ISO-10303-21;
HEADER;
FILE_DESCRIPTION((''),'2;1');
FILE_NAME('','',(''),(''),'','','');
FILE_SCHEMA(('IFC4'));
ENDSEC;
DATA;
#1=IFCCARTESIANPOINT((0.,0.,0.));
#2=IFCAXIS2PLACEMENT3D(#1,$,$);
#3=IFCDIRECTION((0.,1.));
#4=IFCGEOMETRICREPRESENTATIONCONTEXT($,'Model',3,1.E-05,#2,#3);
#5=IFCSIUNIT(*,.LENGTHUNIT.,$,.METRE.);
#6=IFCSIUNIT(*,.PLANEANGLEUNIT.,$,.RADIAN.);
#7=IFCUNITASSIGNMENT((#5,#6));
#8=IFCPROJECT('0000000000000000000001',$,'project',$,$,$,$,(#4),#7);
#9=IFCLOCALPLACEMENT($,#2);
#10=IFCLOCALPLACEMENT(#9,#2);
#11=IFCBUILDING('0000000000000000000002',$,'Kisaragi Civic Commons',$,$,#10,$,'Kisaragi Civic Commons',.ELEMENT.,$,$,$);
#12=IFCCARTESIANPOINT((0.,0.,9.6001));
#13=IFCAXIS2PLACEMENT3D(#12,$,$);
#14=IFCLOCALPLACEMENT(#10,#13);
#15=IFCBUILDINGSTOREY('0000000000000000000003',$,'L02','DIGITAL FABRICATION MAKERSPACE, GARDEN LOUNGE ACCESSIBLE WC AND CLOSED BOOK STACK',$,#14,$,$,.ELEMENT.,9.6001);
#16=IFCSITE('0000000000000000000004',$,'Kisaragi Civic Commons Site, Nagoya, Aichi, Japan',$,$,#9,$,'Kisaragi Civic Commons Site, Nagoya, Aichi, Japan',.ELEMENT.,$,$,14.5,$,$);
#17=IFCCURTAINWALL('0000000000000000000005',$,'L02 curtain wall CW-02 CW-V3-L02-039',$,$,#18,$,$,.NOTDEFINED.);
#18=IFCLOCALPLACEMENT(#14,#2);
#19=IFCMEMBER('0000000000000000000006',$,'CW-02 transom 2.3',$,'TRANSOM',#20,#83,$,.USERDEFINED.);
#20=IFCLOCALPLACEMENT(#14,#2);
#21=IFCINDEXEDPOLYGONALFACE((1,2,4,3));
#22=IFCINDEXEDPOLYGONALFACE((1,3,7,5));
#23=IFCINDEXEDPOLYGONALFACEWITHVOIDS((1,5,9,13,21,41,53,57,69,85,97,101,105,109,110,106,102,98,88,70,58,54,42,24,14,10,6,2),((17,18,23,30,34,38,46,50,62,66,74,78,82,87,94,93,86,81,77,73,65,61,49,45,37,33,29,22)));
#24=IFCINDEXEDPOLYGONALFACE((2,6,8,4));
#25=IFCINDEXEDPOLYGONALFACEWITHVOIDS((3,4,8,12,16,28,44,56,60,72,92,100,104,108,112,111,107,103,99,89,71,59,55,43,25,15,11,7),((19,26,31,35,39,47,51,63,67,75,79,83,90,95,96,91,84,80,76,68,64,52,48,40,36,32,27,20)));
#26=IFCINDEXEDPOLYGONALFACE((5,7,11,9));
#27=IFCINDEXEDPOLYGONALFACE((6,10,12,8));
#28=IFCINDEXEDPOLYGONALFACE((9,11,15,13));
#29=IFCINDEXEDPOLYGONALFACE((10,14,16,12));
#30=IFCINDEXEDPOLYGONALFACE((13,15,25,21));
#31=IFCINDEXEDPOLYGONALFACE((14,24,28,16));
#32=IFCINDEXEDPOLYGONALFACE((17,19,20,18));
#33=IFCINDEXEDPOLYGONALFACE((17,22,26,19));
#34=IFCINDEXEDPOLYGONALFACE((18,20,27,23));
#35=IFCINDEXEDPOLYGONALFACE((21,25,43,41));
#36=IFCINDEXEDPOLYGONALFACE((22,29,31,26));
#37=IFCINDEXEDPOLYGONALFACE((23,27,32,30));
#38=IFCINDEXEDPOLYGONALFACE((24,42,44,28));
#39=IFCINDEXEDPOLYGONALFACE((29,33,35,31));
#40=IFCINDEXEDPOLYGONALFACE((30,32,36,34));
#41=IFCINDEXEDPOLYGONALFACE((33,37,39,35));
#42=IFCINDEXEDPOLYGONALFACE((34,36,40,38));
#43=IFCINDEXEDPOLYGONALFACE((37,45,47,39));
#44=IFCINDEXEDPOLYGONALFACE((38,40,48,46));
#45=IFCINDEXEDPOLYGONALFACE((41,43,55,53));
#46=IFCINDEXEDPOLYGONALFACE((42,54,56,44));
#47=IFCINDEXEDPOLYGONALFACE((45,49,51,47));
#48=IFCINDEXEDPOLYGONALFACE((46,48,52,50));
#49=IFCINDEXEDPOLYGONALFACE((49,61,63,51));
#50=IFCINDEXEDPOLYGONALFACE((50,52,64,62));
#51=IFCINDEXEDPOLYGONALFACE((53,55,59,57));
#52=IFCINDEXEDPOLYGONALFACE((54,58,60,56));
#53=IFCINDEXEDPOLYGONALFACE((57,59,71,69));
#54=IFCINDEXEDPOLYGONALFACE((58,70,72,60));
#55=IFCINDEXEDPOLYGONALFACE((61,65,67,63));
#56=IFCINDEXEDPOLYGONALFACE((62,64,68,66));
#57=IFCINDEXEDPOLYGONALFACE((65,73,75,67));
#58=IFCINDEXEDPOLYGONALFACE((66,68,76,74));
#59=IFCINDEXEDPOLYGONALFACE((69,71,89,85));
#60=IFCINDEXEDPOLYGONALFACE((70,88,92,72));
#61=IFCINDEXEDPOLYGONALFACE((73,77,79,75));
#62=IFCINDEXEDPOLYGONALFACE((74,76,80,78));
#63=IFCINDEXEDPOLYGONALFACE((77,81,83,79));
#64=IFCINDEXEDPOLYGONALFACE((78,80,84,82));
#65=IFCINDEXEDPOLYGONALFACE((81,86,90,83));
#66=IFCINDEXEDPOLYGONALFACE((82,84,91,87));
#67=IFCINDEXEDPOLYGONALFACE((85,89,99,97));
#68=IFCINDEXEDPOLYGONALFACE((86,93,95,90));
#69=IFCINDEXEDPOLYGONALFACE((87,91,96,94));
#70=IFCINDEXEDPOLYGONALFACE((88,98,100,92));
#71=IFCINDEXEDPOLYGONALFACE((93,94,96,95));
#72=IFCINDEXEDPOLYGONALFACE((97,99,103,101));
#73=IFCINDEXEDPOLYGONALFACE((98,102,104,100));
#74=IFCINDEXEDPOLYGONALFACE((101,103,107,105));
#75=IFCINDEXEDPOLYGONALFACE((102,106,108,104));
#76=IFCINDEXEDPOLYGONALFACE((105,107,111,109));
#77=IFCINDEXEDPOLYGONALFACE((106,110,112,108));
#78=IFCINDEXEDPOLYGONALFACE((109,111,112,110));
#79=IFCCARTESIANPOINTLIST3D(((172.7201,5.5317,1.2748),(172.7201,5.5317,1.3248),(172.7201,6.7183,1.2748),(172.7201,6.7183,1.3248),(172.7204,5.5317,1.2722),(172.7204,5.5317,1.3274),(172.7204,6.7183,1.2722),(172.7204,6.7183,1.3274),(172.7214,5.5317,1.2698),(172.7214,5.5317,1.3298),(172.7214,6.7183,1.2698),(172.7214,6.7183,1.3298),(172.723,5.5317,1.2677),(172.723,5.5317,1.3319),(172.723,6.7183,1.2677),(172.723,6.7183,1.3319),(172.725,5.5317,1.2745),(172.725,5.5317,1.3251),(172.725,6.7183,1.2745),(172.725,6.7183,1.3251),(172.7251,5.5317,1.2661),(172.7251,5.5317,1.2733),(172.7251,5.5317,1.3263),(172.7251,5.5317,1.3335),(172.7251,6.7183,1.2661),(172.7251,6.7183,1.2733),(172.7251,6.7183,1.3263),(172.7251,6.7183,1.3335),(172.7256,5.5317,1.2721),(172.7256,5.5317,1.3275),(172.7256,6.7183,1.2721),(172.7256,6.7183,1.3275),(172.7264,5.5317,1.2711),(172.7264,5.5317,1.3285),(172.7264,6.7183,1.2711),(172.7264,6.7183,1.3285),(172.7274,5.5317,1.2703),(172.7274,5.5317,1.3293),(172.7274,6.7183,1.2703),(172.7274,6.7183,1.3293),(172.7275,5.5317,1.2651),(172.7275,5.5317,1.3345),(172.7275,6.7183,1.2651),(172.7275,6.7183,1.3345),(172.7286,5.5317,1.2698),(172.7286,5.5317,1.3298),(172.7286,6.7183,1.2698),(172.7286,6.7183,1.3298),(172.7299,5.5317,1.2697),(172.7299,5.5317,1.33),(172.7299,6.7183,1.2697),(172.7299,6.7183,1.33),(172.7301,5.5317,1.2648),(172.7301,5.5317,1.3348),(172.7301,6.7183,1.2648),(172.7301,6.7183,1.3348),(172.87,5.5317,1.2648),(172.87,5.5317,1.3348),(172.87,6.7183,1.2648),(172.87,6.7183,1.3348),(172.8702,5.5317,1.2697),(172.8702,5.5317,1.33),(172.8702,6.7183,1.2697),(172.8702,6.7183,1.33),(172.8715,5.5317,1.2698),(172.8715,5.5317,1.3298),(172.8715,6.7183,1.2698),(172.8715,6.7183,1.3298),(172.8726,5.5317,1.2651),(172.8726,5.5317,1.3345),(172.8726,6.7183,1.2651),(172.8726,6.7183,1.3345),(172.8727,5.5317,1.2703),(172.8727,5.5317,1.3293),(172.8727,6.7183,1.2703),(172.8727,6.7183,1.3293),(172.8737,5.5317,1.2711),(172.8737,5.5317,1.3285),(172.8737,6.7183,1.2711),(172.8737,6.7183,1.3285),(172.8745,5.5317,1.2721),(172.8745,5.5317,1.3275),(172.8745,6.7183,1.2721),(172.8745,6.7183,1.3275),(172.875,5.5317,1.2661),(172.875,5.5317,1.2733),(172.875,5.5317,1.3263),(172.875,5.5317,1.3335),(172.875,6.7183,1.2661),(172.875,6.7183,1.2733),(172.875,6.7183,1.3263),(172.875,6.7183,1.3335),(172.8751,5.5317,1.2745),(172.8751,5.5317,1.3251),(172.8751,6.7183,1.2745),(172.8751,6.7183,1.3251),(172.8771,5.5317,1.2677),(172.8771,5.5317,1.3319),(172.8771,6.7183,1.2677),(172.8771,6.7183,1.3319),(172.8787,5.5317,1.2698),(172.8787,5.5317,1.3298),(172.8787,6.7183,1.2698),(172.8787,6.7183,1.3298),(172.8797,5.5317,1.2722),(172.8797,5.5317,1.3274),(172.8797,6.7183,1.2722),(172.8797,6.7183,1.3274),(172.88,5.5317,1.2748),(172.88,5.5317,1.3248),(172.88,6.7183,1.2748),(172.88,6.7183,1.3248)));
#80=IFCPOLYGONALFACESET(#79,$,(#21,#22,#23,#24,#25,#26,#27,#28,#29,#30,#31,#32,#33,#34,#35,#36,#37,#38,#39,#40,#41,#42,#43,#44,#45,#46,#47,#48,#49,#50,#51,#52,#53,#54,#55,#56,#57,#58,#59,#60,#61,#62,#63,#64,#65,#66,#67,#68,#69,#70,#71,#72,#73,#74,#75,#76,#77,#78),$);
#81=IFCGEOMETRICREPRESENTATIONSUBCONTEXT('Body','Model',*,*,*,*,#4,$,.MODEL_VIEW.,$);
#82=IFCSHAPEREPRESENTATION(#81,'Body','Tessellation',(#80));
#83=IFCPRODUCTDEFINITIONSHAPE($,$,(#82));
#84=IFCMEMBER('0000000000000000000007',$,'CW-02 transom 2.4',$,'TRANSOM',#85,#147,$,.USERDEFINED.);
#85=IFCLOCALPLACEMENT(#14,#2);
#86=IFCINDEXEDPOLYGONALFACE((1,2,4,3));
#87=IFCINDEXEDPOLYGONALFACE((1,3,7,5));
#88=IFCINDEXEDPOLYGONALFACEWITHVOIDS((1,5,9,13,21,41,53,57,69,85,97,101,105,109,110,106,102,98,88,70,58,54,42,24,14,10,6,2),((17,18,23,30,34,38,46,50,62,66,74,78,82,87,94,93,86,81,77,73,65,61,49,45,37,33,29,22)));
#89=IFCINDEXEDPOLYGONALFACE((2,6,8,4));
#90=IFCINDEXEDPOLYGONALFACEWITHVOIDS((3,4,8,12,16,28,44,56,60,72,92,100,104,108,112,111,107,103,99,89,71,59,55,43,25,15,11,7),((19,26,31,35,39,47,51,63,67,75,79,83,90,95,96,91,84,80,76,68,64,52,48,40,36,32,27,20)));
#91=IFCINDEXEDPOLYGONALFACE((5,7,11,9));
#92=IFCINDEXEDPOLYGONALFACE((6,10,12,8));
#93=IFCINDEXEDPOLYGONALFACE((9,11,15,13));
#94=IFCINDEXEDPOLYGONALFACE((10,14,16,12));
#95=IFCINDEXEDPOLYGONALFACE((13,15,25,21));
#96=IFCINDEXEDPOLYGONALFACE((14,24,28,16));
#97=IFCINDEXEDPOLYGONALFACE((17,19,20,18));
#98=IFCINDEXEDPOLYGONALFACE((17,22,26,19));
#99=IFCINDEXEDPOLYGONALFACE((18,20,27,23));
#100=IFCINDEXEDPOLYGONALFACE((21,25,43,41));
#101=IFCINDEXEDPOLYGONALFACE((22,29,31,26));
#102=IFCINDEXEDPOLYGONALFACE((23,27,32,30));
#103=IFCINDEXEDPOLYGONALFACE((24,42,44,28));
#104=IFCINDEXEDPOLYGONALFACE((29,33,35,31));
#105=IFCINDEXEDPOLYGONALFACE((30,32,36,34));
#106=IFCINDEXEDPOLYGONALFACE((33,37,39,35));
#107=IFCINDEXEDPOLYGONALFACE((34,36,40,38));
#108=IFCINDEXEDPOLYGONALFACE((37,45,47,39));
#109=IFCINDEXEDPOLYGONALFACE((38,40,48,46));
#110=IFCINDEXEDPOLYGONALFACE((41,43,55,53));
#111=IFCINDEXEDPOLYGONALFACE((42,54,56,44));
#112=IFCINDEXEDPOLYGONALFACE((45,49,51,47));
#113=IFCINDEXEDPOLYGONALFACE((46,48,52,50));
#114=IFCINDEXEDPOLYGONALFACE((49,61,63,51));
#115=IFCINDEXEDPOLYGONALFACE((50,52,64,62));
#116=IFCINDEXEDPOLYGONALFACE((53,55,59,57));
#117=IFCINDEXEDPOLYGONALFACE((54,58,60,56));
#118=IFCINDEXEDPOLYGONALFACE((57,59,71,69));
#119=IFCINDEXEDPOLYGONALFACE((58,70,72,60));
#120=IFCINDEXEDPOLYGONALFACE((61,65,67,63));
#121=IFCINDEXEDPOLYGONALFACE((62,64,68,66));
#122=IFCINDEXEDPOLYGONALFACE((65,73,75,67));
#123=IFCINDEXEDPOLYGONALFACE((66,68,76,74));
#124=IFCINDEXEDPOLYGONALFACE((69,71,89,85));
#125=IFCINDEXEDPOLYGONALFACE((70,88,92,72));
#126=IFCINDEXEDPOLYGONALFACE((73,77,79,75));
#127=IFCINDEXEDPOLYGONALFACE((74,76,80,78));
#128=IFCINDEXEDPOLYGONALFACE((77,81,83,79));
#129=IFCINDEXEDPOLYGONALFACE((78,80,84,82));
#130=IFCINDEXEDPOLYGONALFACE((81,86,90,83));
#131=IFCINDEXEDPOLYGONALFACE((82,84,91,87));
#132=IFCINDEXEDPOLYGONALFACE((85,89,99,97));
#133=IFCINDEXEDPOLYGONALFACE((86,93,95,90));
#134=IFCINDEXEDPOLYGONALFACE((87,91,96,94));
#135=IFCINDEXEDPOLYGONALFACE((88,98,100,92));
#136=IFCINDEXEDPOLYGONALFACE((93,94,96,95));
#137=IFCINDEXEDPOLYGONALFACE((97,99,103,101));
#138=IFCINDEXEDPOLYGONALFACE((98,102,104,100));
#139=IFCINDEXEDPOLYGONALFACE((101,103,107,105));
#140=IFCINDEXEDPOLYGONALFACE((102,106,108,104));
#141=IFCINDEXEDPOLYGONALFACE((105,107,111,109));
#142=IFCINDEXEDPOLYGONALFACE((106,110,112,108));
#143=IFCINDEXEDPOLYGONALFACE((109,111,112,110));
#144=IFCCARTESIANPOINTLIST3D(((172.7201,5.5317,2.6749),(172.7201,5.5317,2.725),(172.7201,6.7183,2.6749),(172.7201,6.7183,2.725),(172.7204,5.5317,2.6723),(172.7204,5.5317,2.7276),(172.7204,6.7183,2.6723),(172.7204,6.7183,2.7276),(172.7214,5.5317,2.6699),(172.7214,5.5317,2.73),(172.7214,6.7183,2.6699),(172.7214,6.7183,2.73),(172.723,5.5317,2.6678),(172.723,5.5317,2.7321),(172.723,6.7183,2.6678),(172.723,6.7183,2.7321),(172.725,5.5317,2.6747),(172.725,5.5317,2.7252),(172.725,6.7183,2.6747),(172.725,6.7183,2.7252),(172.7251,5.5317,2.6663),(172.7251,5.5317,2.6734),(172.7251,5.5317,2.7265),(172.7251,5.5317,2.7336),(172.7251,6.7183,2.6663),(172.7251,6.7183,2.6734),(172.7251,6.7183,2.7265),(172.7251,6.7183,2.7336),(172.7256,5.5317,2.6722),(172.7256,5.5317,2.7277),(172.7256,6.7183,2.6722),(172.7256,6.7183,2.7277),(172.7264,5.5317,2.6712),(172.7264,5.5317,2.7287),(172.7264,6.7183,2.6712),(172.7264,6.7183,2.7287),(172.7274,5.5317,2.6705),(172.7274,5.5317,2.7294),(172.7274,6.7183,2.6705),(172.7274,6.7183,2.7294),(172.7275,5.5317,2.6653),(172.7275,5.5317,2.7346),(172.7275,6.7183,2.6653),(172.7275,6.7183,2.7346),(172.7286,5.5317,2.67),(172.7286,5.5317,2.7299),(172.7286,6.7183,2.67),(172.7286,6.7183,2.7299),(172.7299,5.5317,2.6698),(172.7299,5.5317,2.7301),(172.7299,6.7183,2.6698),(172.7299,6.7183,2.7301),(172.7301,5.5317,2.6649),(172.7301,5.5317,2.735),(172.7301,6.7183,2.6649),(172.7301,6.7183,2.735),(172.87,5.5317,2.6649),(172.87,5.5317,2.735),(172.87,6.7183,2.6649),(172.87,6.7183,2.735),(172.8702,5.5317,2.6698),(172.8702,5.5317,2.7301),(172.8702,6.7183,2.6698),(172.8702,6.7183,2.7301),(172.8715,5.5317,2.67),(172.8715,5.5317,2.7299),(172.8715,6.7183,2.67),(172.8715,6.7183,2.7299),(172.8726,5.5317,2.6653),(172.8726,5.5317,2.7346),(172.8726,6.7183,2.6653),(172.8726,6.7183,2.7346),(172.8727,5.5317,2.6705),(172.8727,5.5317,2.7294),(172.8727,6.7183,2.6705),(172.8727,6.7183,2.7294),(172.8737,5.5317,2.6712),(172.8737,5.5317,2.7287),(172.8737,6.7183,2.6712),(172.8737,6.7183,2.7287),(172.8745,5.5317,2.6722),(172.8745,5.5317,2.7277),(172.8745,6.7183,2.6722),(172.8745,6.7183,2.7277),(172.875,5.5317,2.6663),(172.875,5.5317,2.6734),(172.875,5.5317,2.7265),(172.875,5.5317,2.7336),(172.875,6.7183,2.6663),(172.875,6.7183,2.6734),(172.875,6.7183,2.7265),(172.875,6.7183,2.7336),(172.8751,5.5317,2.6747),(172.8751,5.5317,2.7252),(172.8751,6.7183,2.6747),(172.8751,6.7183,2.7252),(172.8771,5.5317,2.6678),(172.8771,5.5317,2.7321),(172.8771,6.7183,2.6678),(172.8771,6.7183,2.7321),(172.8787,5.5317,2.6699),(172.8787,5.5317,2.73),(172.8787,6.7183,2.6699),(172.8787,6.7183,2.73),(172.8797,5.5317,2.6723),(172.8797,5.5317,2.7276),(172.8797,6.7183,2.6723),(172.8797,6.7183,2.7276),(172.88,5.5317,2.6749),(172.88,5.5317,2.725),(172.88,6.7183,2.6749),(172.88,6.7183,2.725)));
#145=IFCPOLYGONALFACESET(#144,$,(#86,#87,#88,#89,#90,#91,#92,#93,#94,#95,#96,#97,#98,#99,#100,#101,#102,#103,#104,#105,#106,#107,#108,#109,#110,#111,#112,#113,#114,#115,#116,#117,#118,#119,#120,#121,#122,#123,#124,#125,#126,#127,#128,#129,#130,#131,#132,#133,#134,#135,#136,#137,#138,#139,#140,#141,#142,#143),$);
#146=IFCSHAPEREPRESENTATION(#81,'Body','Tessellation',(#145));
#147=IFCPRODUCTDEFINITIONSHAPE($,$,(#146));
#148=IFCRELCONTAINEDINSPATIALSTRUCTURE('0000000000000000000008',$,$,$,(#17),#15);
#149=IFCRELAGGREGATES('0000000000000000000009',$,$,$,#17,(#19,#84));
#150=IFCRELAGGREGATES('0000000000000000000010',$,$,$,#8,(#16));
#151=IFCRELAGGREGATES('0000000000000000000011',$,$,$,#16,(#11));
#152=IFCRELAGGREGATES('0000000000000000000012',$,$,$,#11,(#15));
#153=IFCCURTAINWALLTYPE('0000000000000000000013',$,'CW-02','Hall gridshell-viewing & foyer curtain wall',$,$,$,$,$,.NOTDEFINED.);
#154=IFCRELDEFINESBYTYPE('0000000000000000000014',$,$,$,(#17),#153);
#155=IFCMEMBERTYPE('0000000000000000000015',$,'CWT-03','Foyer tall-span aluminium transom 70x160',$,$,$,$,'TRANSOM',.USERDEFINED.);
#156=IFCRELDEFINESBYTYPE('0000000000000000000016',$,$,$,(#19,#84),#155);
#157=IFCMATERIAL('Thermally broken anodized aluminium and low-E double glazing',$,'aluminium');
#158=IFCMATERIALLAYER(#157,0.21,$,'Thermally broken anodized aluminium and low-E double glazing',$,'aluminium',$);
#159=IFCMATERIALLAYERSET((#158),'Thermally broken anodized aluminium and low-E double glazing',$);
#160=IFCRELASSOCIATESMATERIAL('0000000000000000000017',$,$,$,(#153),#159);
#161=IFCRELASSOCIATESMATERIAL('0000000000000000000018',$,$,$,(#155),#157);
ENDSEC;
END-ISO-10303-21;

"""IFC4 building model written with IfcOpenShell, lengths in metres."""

from ifc_helpers import new_model, si_unit, direction, frame, origin, origin_2d, place, context, subcontext, project, spatial, hollow_rectangle, extrude, material, layer, layer_set, material_profile, profile_set, type_object, element, aggregate, save


model = new_model("IFC4")

# Units and contexts
model_context = context("Model", 3, precision=1e-05, world=origin(), true_north=direction((0.0, 1.0)))
body_context = subcontext(model_context, "Body", "Model", "MODEL_VIEW")
ifc_project = project(units=[si_unit("LENGTHUNIT", "METRE"), si_unit("PLANEANGLEUNIT", "RADIAN")], contexts=[model_context])

# Site, building, storey
site_placement = place(None, origin())
site = spatial("IfcSite", under=ifc_project, at=site_placement, Name="Kisaragi Civic Commons Site, Nagoya, Aichi, Japan", LongName="Kisaragi Civic Commons Site, Nagoya, Aichi, Japan", CompositionType="ELEMENT", RefElevation=14.5)
building_placement = place(site_placement, origin())
building = spatial("IfcBuilding", under=site, at=building_placement, Name="Kisaragi Civic Commons", LongName="Kisaragi Civic Commons", CompositionType="ELEMENT")
storey_placement = place(building_placement, frame((0.0, 0.0, 9.6001)))
storey = spatial("IfcBuildingStorey", under=building, at=storey_placement, Name="L02", Description="DIGITAL FABRICATION MAKERSPACE, GARDEN LOUNGE ACCESSIBLE WC AND CLOSED BOOK STACK", CompositionType="ELEMENT", Elevation=9.6001)

# Curtain wall
ifc_material_1 = material(Name="Thermally broken anodized aluminium and low-E double glazing", Category="aluminium")
ifc_layer_1 = layer(ifc_material_1, 0.21, Name="Thermally broken anodized aluminium and low-E double glazing", Category="aluminium")
ifc_layer_set_1 = layer_set([ifc_layer_1], Name="Thermally broken anodized aluminium and low-E double glazing")
curtain_wall_type = type_object("IfcCurtainWallType", Name="CW-02", Description="Hall gridshell-viewing & foyer curtain wall", PredefinedType="NOTDEFINED", material=ifc_layer_set_1)
curtain_wall_1_placement = place(storey_placement, origin())
curtain_wall_1 = element("IfcCurtainWall", 1, at=curtain_wall_1_placement, inside=storey, type_object=curtain_wall_type, Name="L02 curtain wall CW-02 CW-V3-L02-039", PredefinedType="NOTDEFINED")

# Members
ifc_material_profile_1 = material_profile(ifc_material_1, hollow_rectangle(XDim=0.1599, YDim=0.0701, WallThickness=0.0049, InnerFilletRadius=0.0049, OuterFilletRadius=0.01, at=origin_2d()), Name="CWT-70x160x5", Category="aluminium")
ifc_profile_set_1 = profile_set([ifc_material_profile_1], Name="Thermally broken anodized aluminium and low-E double glazing")
member_type_1 = type_object("IfcMemberType", Name="CWT-03", Description="Foyer tall-span aluminium transom 70x160", ElementType="TRANSOM", PredefinedType="USERDEFINED", material=ifc_profile_set_1)
member_1_placement = place(storey_placement, frame((172.8, 6.7183, 1.2998), z_axis=(0.0, -1.0, 0.0), x_axis=(1.0, 0.0, 0.0)))
member_1 = element("IfcMember", 2, at=member_1_placement, type_object=member_type_1, Name="CW-02 transom 2.3", ObjectType="TRANSOM", PredefinedType="USERDEFINED", context=body_context, shape_type="SweptSolid", body=[
    extrude(hollow_rectangle(XDim=0.1599, YDim=0.0701, WallThickness=0.0049, InnerFilletRadius=0.0049, OuterFilletRadius=0.01, at=origin_2d()), origin(), (0.0, 0.0, 1.0), 1.1865),
])
member_2_placement = place(storey_placement, frame((172.8, 6.7183, 2.7), z_axis=(0.0, -1.0, 0.0), x_axis=(1.0, 0.0, 0.0)))
member_2 = element("IfcMember", 3, at=member_2_placement, type_object=member_type_1, Name="CW-02 transom 2.4", ObjectType="TRANSOM", PredefinedType="USERDEFINED", context=body_context, shape_type="SweptSolid", body=[
    extrude(hollow_rectangle(XDim=0.1599, YDim=0.0701, WallThickness=0.0049, InnerFilletRadius=0.0049, OuterFilletRadius=0.01, at=origin_2d()), origin(), (0.0, 0.0, 1.0), 1.1865),
])

aggregate(curtain_wall_1, [member_1, member_2])

save(model, "model.ifc")
